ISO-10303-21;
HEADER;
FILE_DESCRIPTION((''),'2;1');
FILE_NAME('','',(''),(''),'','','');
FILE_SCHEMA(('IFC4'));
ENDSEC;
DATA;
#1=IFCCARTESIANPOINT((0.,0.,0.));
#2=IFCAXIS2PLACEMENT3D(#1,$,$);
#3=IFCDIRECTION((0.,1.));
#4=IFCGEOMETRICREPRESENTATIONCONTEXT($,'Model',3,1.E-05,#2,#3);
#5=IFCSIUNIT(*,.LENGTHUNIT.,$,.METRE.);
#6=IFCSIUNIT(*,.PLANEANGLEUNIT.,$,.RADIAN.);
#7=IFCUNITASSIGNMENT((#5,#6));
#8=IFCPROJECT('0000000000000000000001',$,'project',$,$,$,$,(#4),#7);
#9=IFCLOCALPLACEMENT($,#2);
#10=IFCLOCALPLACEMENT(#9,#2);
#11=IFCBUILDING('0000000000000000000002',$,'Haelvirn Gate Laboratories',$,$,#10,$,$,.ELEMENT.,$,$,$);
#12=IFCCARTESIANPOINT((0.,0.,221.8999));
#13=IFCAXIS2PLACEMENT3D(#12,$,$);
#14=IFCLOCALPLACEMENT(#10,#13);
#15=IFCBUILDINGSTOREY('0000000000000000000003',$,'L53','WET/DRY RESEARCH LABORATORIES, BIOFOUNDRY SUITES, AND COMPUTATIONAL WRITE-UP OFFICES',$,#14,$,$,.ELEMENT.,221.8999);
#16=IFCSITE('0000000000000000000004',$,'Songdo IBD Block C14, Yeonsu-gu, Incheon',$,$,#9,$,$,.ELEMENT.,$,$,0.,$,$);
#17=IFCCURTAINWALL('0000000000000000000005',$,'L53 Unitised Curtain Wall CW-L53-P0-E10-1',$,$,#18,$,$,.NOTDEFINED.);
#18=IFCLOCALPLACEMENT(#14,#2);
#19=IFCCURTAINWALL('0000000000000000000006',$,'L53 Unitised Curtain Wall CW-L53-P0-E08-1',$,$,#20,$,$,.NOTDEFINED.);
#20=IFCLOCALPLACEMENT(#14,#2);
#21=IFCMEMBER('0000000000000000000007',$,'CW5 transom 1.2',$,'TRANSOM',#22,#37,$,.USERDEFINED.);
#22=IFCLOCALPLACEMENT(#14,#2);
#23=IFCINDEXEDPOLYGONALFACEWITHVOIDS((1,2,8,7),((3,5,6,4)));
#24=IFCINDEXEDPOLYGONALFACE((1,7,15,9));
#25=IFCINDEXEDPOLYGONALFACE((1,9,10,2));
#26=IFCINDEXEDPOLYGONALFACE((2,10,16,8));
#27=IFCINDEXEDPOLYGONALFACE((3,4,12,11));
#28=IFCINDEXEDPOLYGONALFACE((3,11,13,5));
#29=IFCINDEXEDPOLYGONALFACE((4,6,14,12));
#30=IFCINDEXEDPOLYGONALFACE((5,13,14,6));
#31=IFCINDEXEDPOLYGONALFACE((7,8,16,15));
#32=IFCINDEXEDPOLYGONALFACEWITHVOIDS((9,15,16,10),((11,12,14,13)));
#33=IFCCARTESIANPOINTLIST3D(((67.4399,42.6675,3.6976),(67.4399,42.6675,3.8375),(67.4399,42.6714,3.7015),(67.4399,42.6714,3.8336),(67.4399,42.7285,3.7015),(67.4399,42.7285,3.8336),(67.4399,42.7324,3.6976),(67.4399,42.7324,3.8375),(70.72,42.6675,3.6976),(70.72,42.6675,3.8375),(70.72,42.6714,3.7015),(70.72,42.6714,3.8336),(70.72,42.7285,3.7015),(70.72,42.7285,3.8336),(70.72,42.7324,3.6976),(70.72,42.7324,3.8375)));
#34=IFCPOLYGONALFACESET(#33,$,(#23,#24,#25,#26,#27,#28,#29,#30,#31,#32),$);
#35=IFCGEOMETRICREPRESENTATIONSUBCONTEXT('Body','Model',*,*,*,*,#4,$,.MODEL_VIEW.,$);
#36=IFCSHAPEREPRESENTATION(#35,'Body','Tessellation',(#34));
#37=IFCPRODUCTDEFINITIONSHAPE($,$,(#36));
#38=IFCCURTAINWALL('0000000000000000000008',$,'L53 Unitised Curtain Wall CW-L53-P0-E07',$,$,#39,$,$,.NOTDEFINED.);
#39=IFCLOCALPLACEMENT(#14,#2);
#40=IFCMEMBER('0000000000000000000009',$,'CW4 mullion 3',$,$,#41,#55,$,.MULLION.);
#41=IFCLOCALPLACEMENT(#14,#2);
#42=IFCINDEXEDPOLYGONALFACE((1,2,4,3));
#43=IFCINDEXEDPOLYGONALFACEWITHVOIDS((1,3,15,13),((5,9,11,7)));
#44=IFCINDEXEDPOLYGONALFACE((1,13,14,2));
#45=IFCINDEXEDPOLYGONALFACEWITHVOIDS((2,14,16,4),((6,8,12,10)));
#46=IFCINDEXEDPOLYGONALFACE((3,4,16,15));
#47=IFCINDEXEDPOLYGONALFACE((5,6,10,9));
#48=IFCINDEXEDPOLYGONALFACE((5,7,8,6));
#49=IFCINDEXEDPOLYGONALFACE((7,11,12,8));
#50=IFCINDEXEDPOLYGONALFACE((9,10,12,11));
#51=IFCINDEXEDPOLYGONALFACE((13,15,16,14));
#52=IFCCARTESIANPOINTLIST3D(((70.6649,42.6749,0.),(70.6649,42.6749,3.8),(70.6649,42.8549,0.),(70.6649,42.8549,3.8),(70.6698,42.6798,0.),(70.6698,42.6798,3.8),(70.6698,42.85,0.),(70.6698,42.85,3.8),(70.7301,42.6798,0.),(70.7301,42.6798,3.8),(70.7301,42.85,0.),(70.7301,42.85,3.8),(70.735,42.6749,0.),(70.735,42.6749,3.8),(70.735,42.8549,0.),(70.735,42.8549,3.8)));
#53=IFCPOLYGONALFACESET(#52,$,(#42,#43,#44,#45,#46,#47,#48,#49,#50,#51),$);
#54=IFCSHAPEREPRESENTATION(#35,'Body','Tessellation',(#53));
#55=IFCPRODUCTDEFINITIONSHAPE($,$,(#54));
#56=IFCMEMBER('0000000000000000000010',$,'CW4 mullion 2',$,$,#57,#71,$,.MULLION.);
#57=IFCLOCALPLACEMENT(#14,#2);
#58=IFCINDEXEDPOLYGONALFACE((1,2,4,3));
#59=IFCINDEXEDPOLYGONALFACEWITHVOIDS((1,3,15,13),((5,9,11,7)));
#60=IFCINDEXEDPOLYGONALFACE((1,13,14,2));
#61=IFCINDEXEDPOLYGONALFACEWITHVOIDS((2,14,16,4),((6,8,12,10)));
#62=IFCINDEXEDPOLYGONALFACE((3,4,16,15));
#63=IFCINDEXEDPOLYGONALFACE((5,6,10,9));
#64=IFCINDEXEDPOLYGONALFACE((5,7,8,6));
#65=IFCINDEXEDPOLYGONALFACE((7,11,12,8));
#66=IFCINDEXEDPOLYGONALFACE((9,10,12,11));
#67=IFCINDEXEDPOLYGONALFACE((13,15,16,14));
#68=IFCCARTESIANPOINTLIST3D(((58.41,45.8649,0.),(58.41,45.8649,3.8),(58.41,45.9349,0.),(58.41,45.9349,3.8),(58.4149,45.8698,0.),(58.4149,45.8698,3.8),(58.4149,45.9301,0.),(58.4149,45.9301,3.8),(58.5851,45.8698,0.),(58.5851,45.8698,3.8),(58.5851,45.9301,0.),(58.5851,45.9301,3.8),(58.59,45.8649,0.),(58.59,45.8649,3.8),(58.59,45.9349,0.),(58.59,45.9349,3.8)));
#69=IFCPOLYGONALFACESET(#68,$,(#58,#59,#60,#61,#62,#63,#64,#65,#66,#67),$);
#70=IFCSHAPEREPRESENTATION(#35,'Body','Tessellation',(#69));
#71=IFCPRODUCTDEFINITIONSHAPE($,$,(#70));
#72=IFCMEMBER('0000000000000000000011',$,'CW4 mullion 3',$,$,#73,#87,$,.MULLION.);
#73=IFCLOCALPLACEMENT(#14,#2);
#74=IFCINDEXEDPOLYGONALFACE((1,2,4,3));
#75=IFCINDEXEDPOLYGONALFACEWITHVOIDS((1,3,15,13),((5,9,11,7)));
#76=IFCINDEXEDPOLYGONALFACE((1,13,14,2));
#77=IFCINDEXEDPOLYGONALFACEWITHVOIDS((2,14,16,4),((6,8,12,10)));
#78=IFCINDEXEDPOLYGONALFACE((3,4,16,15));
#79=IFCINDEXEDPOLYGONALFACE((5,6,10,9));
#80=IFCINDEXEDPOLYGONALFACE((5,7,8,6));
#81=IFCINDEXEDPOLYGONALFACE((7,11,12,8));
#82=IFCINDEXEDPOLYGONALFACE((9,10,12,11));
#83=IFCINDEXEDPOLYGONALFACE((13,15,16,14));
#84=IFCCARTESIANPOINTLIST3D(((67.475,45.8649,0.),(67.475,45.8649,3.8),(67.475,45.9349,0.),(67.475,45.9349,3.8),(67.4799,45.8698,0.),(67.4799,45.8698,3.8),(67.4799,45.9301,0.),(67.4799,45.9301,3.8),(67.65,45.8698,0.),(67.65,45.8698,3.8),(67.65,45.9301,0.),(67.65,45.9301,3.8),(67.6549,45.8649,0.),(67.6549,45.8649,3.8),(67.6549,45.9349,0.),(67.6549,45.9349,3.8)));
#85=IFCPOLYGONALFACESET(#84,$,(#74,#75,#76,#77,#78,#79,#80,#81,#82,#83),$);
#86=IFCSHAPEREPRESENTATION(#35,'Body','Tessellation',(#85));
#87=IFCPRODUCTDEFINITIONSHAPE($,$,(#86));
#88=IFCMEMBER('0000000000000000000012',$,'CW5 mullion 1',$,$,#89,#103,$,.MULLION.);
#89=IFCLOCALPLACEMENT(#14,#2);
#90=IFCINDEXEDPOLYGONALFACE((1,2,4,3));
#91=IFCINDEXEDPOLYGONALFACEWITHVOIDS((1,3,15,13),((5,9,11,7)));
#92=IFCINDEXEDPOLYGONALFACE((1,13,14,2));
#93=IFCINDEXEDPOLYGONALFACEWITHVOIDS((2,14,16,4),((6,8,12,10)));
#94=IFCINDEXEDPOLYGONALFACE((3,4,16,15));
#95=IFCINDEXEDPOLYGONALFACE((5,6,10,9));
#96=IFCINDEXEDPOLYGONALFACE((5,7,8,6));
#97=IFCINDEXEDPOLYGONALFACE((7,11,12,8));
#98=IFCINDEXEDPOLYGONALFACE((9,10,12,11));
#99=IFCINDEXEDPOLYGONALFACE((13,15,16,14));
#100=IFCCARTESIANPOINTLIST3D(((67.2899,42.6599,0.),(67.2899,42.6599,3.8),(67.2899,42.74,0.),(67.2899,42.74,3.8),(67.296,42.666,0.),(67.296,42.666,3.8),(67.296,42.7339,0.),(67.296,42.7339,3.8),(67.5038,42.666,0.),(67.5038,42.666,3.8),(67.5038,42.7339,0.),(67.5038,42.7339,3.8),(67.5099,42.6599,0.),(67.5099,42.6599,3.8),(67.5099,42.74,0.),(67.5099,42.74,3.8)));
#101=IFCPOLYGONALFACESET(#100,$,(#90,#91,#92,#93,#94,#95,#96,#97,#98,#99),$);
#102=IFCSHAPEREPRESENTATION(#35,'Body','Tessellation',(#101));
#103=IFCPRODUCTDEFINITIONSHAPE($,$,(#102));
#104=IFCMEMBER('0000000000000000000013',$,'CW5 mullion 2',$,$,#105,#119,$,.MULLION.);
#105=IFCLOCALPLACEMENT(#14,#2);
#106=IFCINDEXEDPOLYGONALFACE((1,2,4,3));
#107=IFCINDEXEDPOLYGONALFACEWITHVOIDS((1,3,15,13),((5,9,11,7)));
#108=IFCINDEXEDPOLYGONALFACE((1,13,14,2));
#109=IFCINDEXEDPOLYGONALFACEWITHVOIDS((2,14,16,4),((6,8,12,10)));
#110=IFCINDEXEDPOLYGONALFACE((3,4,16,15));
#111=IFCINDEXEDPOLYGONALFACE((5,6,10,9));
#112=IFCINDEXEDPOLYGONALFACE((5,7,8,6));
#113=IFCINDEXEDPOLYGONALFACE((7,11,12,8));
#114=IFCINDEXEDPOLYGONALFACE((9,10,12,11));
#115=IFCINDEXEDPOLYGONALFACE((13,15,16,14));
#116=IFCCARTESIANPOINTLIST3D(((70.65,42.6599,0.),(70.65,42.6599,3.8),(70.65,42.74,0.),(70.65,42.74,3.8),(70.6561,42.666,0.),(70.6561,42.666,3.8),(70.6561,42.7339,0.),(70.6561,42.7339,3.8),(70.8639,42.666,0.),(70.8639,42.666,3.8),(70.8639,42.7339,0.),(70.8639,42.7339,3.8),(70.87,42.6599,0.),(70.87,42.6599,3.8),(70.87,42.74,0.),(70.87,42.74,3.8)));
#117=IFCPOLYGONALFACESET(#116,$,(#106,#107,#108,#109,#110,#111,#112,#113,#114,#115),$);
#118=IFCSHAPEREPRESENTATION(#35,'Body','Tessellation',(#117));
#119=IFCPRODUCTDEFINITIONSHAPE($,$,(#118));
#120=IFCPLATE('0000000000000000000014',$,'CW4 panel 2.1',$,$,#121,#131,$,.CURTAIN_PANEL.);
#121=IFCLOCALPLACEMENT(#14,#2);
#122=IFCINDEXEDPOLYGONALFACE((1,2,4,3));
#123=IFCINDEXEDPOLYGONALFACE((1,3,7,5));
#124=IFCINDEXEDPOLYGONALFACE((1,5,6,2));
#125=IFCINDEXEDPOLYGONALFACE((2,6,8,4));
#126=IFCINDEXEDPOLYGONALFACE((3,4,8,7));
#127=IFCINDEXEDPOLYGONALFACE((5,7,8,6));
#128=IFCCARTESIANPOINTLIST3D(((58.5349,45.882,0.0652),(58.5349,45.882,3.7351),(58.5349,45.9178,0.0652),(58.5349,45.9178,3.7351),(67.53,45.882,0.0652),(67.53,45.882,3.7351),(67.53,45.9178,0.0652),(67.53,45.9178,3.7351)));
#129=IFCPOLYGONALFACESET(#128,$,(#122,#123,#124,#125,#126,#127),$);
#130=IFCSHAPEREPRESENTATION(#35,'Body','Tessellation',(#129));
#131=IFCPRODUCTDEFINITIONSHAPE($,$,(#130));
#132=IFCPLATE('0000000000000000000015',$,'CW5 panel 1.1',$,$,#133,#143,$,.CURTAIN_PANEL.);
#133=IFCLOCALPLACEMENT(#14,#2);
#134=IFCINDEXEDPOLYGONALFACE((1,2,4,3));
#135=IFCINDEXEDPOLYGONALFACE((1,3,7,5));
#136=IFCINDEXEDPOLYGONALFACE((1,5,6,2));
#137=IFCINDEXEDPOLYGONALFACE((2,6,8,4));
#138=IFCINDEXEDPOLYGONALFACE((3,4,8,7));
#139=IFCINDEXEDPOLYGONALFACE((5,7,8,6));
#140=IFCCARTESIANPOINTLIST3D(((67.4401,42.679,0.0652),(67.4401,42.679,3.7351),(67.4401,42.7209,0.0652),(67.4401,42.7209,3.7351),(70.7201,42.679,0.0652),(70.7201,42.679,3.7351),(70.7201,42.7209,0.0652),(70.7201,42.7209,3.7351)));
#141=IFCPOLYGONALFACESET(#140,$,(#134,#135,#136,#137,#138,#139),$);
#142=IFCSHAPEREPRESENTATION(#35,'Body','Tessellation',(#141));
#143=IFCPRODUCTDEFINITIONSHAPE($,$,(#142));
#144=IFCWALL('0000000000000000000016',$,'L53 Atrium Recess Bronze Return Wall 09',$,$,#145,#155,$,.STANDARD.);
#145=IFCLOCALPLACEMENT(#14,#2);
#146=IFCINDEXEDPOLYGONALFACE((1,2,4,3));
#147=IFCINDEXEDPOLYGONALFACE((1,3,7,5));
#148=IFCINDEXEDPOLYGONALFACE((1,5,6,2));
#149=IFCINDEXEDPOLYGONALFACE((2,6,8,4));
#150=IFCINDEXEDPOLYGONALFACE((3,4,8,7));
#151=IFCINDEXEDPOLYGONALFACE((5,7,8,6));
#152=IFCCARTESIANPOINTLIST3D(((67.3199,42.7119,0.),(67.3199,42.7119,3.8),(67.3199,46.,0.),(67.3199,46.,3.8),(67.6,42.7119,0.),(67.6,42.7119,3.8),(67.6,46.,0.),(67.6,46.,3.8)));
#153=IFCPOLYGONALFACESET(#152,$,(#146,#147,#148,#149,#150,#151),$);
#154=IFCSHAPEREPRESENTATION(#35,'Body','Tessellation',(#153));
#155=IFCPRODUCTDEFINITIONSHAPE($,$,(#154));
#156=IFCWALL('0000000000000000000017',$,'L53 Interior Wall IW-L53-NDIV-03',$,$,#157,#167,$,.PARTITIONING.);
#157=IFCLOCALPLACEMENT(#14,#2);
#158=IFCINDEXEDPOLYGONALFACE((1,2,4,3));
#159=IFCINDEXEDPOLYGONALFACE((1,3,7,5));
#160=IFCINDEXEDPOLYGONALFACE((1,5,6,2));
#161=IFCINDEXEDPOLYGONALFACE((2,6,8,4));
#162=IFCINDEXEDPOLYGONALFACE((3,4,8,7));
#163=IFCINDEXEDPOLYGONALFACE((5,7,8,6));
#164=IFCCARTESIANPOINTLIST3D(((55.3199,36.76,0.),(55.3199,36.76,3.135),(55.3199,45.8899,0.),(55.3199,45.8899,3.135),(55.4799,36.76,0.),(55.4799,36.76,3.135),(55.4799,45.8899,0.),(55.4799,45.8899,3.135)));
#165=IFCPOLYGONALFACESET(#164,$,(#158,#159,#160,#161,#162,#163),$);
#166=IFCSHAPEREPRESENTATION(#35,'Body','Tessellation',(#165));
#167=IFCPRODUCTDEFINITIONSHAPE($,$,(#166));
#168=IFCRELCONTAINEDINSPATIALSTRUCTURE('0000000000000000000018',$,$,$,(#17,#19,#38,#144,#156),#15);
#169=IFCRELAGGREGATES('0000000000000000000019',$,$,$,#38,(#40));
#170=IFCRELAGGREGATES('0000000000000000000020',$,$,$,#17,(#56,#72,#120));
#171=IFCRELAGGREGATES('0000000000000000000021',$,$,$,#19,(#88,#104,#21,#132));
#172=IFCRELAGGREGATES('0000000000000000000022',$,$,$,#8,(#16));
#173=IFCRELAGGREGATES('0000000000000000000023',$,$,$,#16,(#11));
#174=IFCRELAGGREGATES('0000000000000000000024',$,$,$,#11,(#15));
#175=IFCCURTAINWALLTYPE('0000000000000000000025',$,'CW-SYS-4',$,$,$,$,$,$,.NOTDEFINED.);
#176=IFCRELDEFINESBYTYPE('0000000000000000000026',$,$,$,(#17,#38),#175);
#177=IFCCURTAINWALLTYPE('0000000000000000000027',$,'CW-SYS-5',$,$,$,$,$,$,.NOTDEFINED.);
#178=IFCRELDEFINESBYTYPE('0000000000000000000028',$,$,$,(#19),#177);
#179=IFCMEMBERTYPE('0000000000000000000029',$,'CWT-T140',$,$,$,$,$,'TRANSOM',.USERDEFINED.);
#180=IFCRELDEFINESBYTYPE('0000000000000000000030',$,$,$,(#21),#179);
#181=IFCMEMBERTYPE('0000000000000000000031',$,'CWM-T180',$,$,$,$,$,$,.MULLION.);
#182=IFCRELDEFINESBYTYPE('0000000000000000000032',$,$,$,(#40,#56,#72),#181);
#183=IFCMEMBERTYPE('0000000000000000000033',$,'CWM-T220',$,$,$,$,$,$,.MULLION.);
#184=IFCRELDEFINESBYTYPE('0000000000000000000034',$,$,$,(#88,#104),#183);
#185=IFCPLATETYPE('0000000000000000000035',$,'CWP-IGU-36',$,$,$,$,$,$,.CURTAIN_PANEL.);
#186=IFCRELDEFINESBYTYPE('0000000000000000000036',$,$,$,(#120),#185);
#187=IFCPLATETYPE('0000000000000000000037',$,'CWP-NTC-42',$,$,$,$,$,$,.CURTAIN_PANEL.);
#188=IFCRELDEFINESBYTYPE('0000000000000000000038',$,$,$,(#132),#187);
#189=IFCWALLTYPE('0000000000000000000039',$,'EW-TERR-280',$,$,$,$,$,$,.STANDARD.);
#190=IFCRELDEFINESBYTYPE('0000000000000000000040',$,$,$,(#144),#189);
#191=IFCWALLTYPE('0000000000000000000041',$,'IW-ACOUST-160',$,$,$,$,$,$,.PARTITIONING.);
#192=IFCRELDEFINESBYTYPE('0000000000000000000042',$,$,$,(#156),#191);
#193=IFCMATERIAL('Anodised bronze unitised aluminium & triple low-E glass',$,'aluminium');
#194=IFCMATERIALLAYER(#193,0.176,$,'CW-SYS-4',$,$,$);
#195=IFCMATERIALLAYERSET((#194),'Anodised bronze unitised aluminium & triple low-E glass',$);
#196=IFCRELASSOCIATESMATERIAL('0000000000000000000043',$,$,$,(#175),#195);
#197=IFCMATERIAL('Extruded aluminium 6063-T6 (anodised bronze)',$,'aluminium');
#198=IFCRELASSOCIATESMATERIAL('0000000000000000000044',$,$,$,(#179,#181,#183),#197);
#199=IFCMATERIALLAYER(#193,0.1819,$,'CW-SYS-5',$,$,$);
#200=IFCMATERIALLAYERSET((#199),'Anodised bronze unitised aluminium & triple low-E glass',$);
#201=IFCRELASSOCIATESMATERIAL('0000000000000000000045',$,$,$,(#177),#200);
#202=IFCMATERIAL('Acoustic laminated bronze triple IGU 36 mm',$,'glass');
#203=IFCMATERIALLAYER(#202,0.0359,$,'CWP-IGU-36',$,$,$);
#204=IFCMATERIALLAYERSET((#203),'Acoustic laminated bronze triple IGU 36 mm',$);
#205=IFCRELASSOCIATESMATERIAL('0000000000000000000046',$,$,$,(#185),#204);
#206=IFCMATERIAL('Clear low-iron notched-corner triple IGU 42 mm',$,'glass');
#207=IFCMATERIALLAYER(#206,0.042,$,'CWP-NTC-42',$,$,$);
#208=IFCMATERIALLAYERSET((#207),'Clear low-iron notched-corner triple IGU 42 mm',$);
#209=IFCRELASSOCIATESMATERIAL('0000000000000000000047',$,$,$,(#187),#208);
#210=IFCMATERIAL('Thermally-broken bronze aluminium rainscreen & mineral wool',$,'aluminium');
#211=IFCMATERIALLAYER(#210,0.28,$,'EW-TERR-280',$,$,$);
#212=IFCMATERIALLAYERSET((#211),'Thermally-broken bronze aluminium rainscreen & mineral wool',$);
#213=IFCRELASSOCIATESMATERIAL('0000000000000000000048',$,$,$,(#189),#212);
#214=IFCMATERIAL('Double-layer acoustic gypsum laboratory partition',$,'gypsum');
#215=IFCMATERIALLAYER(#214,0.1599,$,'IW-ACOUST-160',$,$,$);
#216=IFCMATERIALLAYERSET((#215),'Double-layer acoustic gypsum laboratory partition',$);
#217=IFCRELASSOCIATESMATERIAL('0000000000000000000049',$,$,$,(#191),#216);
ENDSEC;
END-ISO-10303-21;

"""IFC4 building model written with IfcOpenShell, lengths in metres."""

from ifc_helpers import new_model, si_unit, direction, frame, frame_2d, origin, origin_2d, place, context, subcontext, project, spatial, rectangle, hollow_rectangle, extrude, source, transform, mapped, material, layer, layer_set, material_profile, profile_set, type_object, type_shapes, element, aggregate, save


model = new_model("IFC4")

# Units and contexts
model_context = context("Model", 3, precision=1e-05, world=origin(), true_north=direction((0.0, 1.0)))
body_context = subcontext(model_context, "Body", "Model", "MODEL_VIEW")
ifc_project = project(units=[si_unit("LENGTHUNIT", "METRE"), si_unit("PLANEANGLEUNIT", "RADIAN")], contexts=[model_context])

# Site, building, storey
site_placement = place(None, origin())
site = spatial("IfcSite", under=ifc_project, at=site_placement, Name="Songdo IBD Block C14, Yeonsu-gu, Incheon", CompositionType="ELEMENT", RefElevation=0.0)
building_placement = place(site_placement, origin())
building = spatial("IfcBuilding", under=site, at=building_placement, Name="Haelvirn Gate Laboratories", CompositionType="ELEMENT")
storey_placement = place(building_placement, frame((0.0, 0.0, 221.8999)))
storey = spatial("IfcBuildingStorey", under=building, at=storey_placement, Name="L53", Description="WET/DRY RESEARCH LABORATORIES, BIOFOUNDRY SUITES, AND COMPUTATIONAL WRITE-UP OFFICES", CompositionType="ELEMENT", Elevation=221.8999)

# Curtain walls, member
ifc_material_1 = material(Name="Anodised bronze unitised aluminium & triple low-E glass", Category="aluminium")
ifc_layer_1 = layer(ifc_material_1, 0.176, Name="CW-SYS-4")
ifc_layer_set_1 = layer_set([ifc_layer_1], Name="Anodised bronze unitised aluminium & triple low-E glass")
curtain_wall_type_1 = type_object("IfcCurtainWallType", Name="CW-SYS-4", PredefinedType="NOTDEFINED", material=ifc_layer_set_1)
curtain_wall_1_placement = place(storey_placement, origin())
curtain_wall_1 = element("IfcCurtainWall", 1, at=curtain_wall_1_placement, inside=storey, type_object=curtain_wall_type_1, Name="L53 Unitised Curtain Wall CW-L53-P0-E10-1", PredefinedType="NOTDEFINED")
ifc_material_2 = material(Name="Extruded aluminium 6063-T6 (anodised bronze)", Category="aluminium")
ifc_material_profile_1 = material_profile(ifc_material_2, hollow_rectangle(XDim=0.0649, YDim=0.1399, WallThickness=0.0039, at=origin_2d()), Name="CWT-140x65x4")
ifc_profile_set_1 = profile_set([ifc_material_profile_1], Name="Extruded aluminium 6063-T6 (anodised bronze)")
member_type_1 = type_object("IfcMemberType", Name="CWT-T140", ElementType="TRANSOM", PredefinedType="USERDEFINED", material=ifc_profile_set_1)
ifc_layer_2 = layer(ifc_material_1, 0.1819, Name="CW-SYS-5")
ifc_layer_set_2 = layer_set([ifc_layer_2], Name="Anodised bronze unitised aluminium & triple low-E glass")
curtain_wall_type_2 = type_object("IfcCurtainWallType", Name="CW-SYS-5", PredefinedType="NOTDEFINED", material=ifc_layer_set_2)
curtain_wall_2_placement = place(storey_placement, origin())
curtain_wall_2 = element("IfcCurtainWall", 2, at=curtain_wall_2_placement, inside=storey, type_object=curtain_wall_type_2, Name="L53 Unitised Curtain Wall CW-L53-P0-E08-1", PredefinedType="NOTDEFINED")
shared_shape_1 = source(origin(), body_context, "Body", "SweptSolid", [
    extrude(hollow_rectangle(XDim=0.0649, YDim=0.1399, WallThickness=0.0039, at=origin_2d()), origin(), (0.0, 0.0, 1.0), 3.28),
])
member_1_placement = place(storey_placement, frame((67.4399, 42.7, 3.7676), z_axis=(1.0, 0.0, 0.0), x_axis=(0.0, 1.0, 0.0)))
member_1 = element("IfcMember", 3, at=member_1_placement, type_object=member_type_1, Name="CW5 transom 1.2", ObjectType="TRANSOM", PredefinedType="USERDEFINED", context=body_context, shape_type="MappedRepresentation", body=[
    mapped(shared_shape_1, transform((0.0, 0.0, 0.0), scale=1.0)),
])

# Curtain wall, member
curtain_wall_3_placement = place(storey_placement, origin())
curtain_wall_3 = element("IfcCurtainWall", 4, at=curtain_wall_3_placement, inside=storey, type_object=curtain_wall_type_1, Name="L53 Unitised Curtain Wall CW-L53-P0-E07", PredefinedType="NOTDEFINED")
ifc_material_profile_2 = material_profile(ifc_material_2, hollow_rectangle(XDim=0.0701, YDim=0.1799, WallThickness=0.0049, at=origin_2d()), Name="CWM-180x70x5")
ifc_profile_set_2 = profile_set([ifc_material_profile_2], Name="Extruded aluminium 6063-T6 (anodised bronze)")
member_type_2 = type_object("IfcMemberType", Name="CWM-T180", PredefinedType="MULLION", material=ifc_profile_set_2)
shared_shape_2 = source(origin(), body_context, "Body", "SweptSolid", [
    extrude(hollow_rectangle(XDim=0.0701, YDim=0.1799, WallThickness=0.0049, at=origin_2d()), origin(), (0.0, 0.0, 1.0), 3.8),
])
type_shapes(member_type_2, [shared_shape_2])
member_2_placement = place(storey_placement, frame((70.7, 42.7649, 0.0), z_axis=(0.0, 0.0, 1.0), x_axis=(-1.0, 0.0, 0.0)))
member_2 = element("IfcMember", 5, at=member_2_placement, type_object=member_type_2, Name="CW4 mullion 3", PredefinedType="MULLION", context=body_context, shape_type="MappedRepresentation", body=[
    mapped(shared_shape_2, transform((0.0, 0.0, 0.0), scale=1.0)),
])
aggregate(curtain_wall_3, [member_2])

# Members
member_3_placement = place(storey_placement, frame((58.5, 45.8999, 0.0), z_axis=(0.0, 0.0, 1.0), x_axis=(0.0, 1.0, 0.0)))
member_3 = element("IfcMember", 6, at=member_3_placement, type_object=member_type_2, Name="CW4 mullion 2", PredefinedType="MULLION", context=body_context, shape_type="MappedRepresentation", body=[
    mapped(shared_shape_2, transform((0.0, 0.0, 0.0), scale=1.0)),
])
member_4_placement = place(storey_placement, frame((67.5649, 45.8999, 0.0), z_axis=(0.0, 0.0, 1.0), x_axis=(0.0, 1.0, 0.0)))
member_4 = element("IfcMember", 7, at=member_4_placement, type_object=member_type_2, Name="CW4 mullion 3", PredefinedType="MULLION", context=body_context, shape_type="MappedRepresentation", body=[
    mapped(shared_shape_2, transform((0.0, 0.0, 0.0), scale=1.0)),
])
ifc_material_profile_3 = material_profile(ifc_material_2, hollow_rectangle(XDim=0.0801, YDim=0.22, WallThickness=0.0061, at=origin_2d()), Name="CWM-220x80x6")
ifc_profile_set_3 = profile_set([ifc_material_profile_3], Name="Extruded aluminium 6063-T6 (anodised bronze)")
member_type_3 = type_object("IfcMemberType", Name="CWM-T220", PredefinedType="MULLION", material=ifc_profile_set_3)
shared_shape_3 = source(origin(), body_context, "Body", "SweptSolid", [
    extrude(hollow_rectangle(XDim=0.0801, YDim=0.22, WallThickness=0.0061, at=origin_2d()), origin(), (0.0, 0.0, 1.0), 3.8),
])
type_shapes(member_type_3, [shared_shape_3])
member_5_placement = place(storey_placement, frame((67.3999, 42.7, 0.0), z_axis=(0.0, 0.0, 1.0), x_axis=(0.0, 1.0, 0.0)))
member_5 = element("IfcMember", 8, at=member_5_placement, type_object=member_type_3, Name="CW5 mullion 1", PredefinedType="MULLION", context=body_context, shape_type="MappedRepresentation", body=[
    mapped(shared_shape_3, transform((0.0, 0.0, 0.0), scale=1.0)),
])
member_6_placement = place(storey_placement, frame((70.76, 42.7, 0.0), z_axis=(0.0, 0.0, 1.0), x_axis=(0.0, 1.0, 0.0)))
member_6 = element("IfcMember", 9, at=member_6_placement, type_object=member_type_3, Name="CW5 mullion 2", PredefinedType="MULLION", context=body_context, shape_type="MappedRepresentation", body=[
    mapped(shared_shape_3, transform((0.0, 0.0, 0.0), scale=1.0)),
])

# Plates
ifc_material_3 = material(Name="Acoustic laminated bronze triple IGU 36 mm", Category="glass")
ifc_layer_3 = layer(ifc_material_3, 0.0359, Name="CWP-IGU-36")
ifc_layer_set_3 = layer_set([ifc_layer_3], Name="Acoustic laminated bronze triple IGU 36 mm")
plate_type_1 = type_object("IfcPlateType", Name="CWP-IGU-36", PredefinedType="CURTAIN_PANEL", material=ifc_layer_set_3)
shared_shape_4 = source(origin(), body_context, "Body", "SweptSolid", [
    extrude(rectangle(XDim=8.9951, YDim=0.0359, at=origin_2d()), origin(), (0.0, 0.0, 1.0), 3.6699),
])
type_shapes(plate_type_1, [shared_shape_4])
plate_1_placement = place(storey_placement, frame((63.0325, 45.8999, 0.0652), z_axis=(0.0, 0.0, 1.0), x_axis=(1.0, 0.0, 0.0)))
plate_1 = element("IfcPlate", 10, at=plate_1_placement, type_object=plate_type_1, Name="CW4 panel 2.1", PredefinedType="CURTAIN_PANEL", context=body_context, shape_type="MappedRepresentation", body=[
    mapped(shared_shape_4, transform((0.0, 0.0, 0.0), scale=1.0)),
])
aggregate(curtain_wall_1, [member_3, member_4, plate_1])
ifc_material_4 = material(Name="Clear low-iron notched-corner triple IGU 42 mm", Category="glass")
ifc_layer_4 = layer(ifc_material_4, 0.042, Name="CWP-NTC-42")
ifc_layer_set_4 = layer_set([ifc_layer_4], Name="Clear low-iron notched-corner triple IGU 42 mm")
plate_type_2 = type_object("IfcPlateType", Name="CWP-NTC-42", PredefinedType="CURTAIN_PANEL", material=ifc_layer_set_4)
shared_shape_5 = source(origin(), body_context, "Body", "SweptSolid", [
    extrude(rectangle(XDim=3.28, YDim=0.042, at=origin_2d()), origin(), (0.0, 0.0, 1.0), 3.6699),
])
type_shapes(plate_type_2, [shared_shape_5])
plate_2_placement = place(storey_placement, frame((69.0801, 42.7, 0.0652), z_axis=(0.0, 0.0, 1.0), x_axis=(1.0, 0.0, 0.0)))
plate_2 = element("IfcPlate", 11, at=plate_2_placement, type_object=plate_type_2, Name="CW5 panel 1.1", PredefinedType="CURTAIN_PANEL", context=body_context, shape_type="MappedRepresentation", body=[
    mapped(shared_shape_5, transform((0.0, 0.0, 0.0), scale=1.0)),
])
aggregate(curtain_wall_2, [member_5, member_6, member_1, plate_2])

# Walls
ifc_material_5 = material(Name="Thermally-broken bronze aluminium rainscreen & mineral wool", Category="aluminium")
ifc_layer_5 = layer(ifc_material_5, 0.28, Name="EW-TERR-280")
ifc_layer_set_5 = layer_set([ifc_layer_5], Name="Thermally-broken bronze aluminium rainscreen & mineral wool")
wall_type_1 = type_object("IfcWallType", Name="EW-TERR-280", PredefinedType="STANDARD", material=ifc_layer_set_5)
wall_1_placement = place(storey_placement, frame((67.46, 42.7119, 0.0), z_axis=(0.0, 0.0, 1.0), x_axis=(0.0, 1.0, 0.0)))
element("IfcWall", 12, at=wall_1_placement, inside=storey, type_object=wall_type_1, Name="L53 Atrium Recess Bronze Return Wall 09", PredefinedType="STANDARD", context=body_context, shape_type="SweptSolid", body=[
    extrude(rectangle(XDim=3.2881, YDim=0.28, at=frame_2d((1.644, 0.0))), origin(), (0.0, 0.0, 1.0), 3.8),
])
ifc_material_6 = material(Name="Double-layer acoustic gypsum laboratory partition", Category="gypsum")
ifc_layer_6 = layer(ifc_material_6, 0.1599, Name="IW-ACOUST-160")
ifc_layer_set_6 = layer_set([ifc_layer_6], Name="Double-layer acoustic gypsum laboratory partition")
wall_type_2 = type_object("IfcWallType", Name="IW-ACOUST-160", PredefinedType="PARTITIONING", material=ifc_layer_set_6)
wall_2_placement = place(storey_placement, frame((55.3999, 36.76, 0.0), z_axis=(0.0, 0.0, 1.0), x_axis=(0.0, 1.0, 0.0)))
element("IfcWall", 13, at=wall_2_placement, inside=storey, type_object=wall_type_2, Name="L53 Interior Wall IW-L53-NDIV-03", PredefinedType="PARTITIONING", context=body_context, shape_type="SweptSolid", body=[
    extrude(rectangle(XDim=9.1299, YDim=0.1599, at=frame_2d((4.5649, 0.0))), origin(), (0.0, 0.0, 1.0), 3.135),
])

save(model, "model.ifc")
